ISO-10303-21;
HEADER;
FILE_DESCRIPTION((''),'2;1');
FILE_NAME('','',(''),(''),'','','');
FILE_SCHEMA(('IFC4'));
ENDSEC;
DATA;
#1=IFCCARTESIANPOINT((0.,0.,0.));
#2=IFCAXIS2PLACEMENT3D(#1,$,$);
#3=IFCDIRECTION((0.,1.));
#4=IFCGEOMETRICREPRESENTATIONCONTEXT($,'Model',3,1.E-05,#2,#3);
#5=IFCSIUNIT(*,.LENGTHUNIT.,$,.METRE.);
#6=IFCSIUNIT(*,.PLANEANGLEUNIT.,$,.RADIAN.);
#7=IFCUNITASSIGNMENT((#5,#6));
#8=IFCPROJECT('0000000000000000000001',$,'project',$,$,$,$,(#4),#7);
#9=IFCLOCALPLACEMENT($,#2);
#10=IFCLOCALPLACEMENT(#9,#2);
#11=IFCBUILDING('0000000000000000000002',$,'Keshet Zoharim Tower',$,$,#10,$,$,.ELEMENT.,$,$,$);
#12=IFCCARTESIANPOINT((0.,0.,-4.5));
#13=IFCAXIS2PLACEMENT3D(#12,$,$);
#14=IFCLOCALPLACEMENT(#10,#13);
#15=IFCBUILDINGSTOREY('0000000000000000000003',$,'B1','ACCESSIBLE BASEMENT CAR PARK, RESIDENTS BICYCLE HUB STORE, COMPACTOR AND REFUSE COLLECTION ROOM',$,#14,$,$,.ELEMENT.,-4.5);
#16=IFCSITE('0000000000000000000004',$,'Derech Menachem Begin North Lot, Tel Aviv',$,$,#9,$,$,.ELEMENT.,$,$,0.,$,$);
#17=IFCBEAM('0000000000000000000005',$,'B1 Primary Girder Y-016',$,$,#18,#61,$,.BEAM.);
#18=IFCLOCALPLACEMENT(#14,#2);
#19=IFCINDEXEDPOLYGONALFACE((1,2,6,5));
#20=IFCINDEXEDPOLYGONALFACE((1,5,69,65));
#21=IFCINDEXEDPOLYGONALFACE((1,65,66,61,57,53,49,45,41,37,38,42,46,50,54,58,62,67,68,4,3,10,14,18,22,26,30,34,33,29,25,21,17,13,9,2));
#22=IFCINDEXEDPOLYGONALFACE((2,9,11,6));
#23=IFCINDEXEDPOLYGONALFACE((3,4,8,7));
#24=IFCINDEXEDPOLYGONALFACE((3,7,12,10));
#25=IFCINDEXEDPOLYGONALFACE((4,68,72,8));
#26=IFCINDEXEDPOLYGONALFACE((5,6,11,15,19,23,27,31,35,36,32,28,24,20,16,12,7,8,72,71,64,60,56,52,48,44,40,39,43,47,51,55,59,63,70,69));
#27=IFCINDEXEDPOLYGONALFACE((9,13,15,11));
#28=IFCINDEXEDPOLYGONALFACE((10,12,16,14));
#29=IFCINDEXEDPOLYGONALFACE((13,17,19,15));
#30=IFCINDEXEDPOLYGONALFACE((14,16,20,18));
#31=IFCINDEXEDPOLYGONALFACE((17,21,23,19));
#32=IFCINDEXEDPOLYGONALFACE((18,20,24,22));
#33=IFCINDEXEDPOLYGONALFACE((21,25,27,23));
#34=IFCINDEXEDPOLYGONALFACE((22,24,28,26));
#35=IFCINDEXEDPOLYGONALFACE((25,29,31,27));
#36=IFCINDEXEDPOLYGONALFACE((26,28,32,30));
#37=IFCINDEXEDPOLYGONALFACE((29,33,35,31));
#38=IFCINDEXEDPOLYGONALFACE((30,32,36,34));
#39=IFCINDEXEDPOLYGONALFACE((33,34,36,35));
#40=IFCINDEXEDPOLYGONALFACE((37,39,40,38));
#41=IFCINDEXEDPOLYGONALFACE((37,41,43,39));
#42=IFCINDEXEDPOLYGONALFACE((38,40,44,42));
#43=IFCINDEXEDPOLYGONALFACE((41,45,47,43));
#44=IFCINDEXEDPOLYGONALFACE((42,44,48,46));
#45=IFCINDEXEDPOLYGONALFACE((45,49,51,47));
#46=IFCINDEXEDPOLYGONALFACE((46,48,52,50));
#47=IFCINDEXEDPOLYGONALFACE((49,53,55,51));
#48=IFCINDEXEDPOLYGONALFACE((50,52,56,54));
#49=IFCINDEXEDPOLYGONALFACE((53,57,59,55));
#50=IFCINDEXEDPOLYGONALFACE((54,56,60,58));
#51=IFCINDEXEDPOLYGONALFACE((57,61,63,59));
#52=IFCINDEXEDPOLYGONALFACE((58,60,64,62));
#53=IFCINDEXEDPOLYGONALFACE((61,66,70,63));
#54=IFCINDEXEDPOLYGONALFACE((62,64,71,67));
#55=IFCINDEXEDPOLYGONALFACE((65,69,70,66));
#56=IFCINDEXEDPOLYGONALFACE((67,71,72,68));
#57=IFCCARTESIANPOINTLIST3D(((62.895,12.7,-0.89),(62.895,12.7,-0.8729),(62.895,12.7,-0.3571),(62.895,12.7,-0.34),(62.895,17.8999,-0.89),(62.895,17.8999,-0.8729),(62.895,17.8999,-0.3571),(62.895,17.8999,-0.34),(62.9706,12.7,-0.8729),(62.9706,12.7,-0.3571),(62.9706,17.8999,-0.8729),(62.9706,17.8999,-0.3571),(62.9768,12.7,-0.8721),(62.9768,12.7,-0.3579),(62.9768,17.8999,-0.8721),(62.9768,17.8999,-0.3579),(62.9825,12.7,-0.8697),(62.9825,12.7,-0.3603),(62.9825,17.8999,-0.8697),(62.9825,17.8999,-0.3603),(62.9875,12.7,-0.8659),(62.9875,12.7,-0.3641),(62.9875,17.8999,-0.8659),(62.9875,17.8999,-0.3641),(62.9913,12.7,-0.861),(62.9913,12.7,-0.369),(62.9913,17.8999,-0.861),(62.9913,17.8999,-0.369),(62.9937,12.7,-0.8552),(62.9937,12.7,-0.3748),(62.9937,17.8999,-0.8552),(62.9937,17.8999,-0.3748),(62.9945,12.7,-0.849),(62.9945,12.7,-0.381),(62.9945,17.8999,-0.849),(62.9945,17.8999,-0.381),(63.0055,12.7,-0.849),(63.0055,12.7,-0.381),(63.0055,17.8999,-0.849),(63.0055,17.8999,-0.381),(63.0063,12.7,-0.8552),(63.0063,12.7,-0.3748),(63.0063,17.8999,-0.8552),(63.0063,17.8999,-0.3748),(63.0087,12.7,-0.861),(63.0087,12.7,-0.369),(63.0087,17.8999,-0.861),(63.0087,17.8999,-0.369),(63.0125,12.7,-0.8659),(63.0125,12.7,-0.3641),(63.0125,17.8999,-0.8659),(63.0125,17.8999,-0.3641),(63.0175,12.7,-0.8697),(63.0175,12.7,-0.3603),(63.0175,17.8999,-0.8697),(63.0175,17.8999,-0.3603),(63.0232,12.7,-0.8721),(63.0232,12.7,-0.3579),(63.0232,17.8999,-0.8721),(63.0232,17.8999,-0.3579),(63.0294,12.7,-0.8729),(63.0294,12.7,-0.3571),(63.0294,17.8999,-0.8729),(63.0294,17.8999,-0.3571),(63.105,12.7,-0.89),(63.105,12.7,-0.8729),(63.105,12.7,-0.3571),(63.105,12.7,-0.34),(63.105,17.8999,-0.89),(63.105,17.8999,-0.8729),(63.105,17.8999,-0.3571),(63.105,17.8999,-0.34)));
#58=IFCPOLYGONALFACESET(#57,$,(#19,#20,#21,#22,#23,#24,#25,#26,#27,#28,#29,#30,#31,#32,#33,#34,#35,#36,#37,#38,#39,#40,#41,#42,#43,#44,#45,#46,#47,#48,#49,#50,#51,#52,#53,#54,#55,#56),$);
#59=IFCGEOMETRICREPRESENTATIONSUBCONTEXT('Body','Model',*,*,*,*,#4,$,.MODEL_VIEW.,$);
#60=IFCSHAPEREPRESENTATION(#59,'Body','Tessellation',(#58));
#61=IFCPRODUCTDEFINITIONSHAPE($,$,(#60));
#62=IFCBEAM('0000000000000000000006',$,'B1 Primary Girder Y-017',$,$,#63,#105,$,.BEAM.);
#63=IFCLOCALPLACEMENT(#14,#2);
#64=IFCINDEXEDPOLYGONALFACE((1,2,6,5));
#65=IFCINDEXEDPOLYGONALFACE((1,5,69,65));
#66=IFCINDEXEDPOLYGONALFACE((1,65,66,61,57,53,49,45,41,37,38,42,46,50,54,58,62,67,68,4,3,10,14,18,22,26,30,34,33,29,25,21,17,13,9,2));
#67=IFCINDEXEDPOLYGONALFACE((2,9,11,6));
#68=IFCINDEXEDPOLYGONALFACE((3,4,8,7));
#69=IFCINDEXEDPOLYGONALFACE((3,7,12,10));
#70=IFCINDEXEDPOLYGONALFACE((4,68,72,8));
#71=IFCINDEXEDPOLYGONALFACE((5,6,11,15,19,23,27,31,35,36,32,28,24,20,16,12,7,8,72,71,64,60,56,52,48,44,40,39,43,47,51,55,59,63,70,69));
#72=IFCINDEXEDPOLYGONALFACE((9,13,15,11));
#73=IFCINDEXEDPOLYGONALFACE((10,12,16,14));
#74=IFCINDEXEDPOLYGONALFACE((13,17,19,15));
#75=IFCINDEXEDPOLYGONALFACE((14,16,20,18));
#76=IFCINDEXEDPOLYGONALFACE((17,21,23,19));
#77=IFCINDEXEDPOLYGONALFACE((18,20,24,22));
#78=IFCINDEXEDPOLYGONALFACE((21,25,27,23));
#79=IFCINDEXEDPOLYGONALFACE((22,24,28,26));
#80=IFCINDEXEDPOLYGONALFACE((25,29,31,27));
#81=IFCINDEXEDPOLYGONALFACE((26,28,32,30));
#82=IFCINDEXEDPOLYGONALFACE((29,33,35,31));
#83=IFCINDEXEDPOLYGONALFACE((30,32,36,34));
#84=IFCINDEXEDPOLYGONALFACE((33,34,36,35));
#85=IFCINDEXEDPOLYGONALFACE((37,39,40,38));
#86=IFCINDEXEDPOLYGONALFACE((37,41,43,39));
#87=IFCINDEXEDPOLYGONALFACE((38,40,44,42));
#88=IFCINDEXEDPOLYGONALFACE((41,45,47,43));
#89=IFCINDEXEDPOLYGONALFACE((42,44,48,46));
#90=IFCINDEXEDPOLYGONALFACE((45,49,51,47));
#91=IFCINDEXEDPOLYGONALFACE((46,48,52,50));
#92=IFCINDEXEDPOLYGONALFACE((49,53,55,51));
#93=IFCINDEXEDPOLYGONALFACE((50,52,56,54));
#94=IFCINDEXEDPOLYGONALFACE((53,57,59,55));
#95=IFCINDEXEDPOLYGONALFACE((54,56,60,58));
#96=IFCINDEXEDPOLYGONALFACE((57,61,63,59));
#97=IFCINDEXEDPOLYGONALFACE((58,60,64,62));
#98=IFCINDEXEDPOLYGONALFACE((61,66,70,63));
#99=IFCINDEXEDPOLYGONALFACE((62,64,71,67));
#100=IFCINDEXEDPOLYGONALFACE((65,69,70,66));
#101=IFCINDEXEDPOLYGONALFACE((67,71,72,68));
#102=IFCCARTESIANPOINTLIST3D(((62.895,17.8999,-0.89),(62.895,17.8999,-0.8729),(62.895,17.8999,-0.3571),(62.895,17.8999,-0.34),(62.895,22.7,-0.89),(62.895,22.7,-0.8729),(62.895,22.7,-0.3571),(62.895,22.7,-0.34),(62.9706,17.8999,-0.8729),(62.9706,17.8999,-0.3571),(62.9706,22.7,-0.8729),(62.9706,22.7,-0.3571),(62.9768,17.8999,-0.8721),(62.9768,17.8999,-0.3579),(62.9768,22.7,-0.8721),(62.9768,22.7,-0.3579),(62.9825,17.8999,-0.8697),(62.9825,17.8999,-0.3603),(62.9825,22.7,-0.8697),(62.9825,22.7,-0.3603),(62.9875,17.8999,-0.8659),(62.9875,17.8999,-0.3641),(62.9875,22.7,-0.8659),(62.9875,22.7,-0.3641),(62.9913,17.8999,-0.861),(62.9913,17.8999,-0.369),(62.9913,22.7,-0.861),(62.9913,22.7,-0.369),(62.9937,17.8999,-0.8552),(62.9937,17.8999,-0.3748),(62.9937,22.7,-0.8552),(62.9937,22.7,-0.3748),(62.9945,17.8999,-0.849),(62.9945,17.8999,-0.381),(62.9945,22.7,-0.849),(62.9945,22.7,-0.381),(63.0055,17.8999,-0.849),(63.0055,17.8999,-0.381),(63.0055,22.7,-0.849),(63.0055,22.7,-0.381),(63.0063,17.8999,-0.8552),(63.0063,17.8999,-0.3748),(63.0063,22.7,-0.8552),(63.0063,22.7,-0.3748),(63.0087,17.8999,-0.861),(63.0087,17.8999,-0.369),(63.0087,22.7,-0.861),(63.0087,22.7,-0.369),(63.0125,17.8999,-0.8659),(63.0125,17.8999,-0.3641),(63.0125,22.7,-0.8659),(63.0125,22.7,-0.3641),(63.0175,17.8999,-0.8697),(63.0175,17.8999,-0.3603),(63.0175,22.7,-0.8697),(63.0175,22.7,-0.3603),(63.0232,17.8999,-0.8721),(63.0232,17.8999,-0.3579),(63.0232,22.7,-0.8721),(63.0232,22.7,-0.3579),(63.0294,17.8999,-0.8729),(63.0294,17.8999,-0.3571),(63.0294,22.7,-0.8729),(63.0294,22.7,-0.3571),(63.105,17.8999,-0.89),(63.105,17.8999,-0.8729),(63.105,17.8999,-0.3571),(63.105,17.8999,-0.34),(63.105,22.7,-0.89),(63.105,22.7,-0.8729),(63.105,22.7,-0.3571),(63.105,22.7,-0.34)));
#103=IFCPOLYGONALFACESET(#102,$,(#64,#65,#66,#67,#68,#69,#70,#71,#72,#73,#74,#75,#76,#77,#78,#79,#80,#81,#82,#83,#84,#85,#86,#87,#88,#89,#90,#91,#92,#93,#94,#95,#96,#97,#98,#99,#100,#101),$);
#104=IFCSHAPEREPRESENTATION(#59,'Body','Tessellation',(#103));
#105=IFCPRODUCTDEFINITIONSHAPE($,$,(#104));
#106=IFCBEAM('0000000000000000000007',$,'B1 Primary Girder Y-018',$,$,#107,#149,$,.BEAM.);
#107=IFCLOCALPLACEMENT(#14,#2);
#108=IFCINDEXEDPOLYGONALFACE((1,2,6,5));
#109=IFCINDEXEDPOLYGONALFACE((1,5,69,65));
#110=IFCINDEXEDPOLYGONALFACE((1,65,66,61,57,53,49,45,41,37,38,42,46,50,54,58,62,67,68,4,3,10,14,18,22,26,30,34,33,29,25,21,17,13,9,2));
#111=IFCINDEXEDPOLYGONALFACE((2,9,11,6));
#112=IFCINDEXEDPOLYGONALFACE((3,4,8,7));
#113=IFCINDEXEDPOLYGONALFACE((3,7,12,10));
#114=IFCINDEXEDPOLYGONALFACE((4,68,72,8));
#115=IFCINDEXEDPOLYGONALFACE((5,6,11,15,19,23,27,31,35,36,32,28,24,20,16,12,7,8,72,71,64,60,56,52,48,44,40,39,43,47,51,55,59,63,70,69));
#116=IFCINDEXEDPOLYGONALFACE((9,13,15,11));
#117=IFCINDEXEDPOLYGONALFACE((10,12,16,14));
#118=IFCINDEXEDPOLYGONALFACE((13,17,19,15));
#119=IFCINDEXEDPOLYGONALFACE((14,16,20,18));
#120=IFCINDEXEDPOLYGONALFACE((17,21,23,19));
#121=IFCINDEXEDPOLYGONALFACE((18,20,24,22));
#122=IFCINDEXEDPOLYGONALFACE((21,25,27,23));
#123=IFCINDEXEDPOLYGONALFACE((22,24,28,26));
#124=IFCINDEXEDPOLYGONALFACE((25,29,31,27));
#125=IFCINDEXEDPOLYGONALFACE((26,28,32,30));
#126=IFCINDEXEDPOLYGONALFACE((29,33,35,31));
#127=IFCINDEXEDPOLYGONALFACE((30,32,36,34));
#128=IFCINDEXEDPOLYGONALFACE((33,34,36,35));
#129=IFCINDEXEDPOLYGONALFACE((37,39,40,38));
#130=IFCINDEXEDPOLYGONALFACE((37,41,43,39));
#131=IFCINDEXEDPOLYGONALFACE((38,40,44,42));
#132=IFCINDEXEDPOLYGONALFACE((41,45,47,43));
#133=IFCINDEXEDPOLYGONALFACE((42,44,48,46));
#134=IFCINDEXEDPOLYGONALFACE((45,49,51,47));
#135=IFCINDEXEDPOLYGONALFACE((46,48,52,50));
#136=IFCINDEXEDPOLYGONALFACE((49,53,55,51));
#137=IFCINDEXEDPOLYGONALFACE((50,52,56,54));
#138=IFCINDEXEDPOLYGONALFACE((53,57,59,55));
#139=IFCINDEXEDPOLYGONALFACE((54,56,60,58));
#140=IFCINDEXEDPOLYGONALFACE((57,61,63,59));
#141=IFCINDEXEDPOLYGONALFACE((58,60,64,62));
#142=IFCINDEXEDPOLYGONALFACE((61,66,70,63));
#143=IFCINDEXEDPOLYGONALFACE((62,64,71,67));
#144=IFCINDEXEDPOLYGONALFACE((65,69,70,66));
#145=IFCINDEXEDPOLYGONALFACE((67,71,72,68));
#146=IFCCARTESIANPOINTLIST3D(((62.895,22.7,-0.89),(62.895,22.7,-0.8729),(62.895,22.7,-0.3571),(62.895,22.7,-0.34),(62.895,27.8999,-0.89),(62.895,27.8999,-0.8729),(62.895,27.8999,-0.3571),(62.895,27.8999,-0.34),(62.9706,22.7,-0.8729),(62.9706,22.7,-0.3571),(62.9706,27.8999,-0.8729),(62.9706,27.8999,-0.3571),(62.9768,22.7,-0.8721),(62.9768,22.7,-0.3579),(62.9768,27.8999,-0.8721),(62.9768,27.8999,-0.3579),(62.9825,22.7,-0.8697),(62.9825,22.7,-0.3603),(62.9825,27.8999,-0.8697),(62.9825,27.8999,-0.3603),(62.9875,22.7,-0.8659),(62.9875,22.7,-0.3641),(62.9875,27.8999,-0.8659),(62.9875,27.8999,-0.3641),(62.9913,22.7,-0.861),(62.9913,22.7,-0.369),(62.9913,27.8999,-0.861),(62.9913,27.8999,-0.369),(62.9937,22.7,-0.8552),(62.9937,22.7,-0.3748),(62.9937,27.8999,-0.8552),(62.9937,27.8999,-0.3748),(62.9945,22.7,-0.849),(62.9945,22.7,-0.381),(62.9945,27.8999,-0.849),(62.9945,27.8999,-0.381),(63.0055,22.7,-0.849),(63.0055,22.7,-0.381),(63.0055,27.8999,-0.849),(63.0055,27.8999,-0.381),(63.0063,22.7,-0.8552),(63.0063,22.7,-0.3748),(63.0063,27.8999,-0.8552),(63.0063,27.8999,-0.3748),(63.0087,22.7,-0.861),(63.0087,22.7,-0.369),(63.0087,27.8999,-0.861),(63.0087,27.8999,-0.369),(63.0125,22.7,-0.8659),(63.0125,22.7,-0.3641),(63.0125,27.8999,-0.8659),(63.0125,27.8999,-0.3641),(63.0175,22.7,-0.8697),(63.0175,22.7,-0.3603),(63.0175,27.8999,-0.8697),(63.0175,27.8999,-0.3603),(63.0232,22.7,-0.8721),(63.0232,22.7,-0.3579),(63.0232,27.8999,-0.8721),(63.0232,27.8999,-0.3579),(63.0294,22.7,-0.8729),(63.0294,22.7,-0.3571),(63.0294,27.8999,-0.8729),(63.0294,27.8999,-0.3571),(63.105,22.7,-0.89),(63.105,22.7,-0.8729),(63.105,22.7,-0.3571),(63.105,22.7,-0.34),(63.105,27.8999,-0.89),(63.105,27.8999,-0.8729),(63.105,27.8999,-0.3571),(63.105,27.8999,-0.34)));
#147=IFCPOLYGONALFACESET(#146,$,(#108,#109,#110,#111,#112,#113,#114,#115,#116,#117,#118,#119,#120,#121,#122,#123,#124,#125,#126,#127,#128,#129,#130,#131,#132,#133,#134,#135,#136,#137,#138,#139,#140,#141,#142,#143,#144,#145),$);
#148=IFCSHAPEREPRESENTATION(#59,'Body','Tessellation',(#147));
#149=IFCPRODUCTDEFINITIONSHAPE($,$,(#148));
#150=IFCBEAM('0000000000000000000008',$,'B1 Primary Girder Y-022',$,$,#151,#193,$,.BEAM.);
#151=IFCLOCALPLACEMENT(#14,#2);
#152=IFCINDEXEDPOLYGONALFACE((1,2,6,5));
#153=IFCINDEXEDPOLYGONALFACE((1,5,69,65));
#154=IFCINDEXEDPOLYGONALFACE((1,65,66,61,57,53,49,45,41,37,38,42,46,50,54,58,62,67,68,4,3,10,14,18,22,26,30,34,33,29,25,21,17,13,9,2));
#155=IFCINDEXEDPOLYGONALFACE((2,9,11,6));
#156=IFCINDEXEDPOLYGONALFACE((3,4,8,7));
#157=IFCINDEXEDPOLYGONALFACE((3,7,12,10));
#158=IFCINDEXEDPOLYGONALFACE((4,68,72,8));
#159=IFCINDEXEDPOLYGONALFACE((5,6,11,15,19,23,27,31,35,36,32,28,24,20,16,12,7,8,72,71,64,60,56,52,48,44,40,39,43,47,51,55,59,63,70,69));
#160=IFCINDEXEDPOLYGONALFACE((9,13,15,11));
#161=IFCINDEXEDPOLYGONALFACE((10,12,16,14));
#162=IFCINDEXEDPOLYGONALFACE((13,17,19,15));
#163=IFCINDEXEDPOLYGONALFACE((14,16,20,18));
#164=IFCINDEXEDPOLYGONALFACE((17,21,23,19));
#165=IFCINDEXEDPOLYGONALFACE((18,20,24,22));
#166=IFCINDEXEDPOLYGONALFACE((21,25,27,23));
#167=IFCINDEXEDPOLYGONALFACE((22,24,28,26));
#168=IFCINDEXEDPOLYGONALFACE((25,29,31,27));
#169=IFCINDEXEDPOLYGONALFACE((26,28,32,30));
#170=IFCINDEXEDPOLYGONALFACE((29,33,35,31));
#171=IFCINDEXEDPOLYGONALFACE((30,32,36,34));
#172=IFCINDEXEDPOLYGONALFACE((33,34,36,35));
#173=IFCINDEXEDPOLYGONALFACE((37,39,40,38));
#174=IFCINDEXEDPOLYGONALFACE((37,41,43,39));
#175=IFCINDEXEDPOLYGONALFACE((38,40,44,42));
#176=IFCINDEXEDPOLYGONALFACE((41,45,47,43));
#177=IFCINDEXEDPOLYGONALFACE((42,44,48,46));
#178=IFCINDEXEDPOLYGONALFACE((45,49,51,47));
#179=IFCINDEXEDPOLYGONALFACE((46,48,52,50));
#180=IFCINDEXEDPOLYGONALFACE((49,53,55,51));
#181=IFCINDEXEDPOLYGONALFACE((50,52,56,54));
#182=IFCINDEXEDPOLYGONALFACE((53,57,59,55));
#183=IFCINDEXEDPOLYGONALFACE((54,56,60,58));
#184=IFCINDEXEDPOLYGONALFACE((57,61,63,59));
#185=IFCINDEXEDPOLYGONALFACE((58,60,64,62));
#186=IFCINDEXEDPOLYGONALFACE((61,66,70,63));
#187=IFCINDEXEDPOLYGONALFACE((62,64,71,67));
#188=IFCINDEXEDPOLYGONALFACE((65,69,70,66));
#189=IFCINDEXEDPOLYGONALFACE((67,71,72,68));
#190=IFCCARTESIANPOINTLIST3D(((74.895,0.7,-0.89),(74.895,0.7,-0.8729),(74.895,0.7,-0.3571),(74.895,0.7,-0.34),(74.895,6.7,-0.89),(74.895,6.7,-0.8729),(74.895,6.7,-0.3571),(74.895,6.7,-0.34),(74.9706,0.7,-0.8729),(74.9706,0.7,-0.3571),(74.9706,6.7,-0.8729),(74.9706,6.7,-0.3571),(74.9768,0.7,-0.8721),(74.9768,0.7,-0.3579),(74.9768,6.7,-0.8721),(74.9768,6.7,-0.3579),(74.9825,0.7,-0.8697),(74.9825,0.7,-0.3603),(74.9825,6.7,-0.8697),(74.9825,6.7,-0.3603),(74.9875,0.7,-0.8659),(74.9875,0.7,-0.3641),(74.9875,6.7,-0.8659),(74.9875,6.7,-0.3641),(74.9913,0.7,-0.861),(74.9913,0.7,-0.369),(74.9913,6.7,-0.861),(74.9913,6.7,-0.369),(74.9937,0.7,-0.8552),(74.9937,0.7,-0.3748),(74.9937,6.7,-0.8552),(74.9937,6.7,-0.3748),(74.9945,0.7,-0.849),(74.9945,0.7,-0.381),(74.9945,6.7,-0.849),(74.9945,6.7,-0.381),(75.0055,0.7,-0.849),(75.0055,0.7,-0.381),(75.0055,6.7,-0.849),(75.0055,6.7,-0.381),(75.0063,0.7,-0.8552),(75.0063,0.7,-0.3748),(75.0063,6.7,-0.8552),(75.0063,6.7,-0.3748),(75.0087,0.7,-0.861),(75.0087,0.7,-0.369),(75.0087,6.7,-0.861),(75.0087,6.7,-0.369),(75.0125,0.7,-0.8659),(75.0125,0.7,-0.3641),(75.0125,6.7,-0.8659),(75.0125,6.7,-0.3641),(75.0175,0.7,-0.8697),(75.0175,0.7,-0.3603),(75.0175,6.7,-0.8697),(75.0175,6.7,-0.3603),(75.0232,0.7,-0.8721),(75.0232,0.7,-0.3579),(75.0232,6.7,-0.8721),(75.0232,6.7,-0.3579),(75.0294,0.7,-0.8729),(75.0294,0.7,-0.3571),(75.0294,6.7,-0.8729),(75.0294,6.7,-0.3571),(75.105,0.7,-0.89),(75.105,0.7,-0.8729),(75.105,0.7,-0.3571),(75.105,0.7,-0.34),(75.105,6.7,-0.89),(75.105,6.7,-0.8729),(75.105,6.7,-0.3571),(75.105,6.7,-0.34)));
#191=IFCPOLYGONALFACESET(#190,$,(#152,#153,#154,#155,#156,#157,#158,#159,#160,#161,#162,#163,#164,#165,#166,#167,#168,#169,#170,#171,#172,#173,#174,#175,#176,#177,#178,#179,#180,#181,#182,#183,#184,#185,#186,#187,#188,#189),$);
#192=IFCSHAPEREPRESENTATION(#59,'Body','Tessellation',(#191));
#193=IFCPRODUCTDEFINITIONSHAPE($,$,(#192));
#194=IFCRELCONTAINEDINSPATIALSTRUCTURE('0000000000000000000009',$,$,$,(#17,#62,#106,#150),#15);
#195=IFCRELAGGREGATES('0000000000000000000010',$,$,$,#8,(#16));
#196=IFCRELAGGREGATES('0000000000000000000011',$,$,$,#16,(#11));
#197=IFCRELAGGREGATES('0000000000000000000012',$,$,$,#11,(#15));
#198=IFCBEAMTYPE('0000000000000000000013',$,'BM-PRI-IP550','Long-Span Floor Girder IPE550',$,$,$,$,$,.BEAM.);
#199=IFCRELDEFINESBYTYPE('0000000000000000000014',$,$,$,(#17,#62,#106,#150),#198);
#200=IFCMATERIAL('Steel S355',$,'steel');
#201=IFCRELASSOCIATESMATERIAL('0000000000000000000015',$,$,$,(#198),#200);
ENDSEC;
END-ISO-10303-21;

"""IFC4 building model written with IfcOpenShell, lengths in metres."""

from ifc_helpers import new_model, si_unit, direction, frame, origin, origin_2d, place, context, subcontext, project, spatial, i_section, extrude, material, material_profile, profile_set, type_object, element, save


model = new_model("IFC4")

# Units and contexts
model_context = context("Model", 3, precision=1e-05, world=origin(), true_north=direction((0.0, 1.0)))
body_context = subcontext(model_context, "Body", "Model", "MODEL_VIEW")
ifc_project = project(units=[si_unit("LENGTHUNIT", "METRE"), si_unit("PLANEANGLEUNIT", "RADIAN")], contexts=[model_context])

# Site, building, storey
site_placement = place(None, origin())
site = spatial("IfcSite", under=ifc_project, at=site_placement, Name="Derech Menachem Begin North Lot, Tel Aviv", CompositionType="ELEMENT", RefElevation=0.0)
building_placement = place(site_placement, origin())
building = spatial("IfcBuilding", under=site, at=building_placement, Name="Keshet Zoharim Tower", CompositionType="ELEMENT")
storey_placement = place(building_placement, frame((0.0, 0.0, -4.5)))
storey = spatial("IfcBuildingStorey", under=building, at=storey_placement, Name="B1", Description="ACCESSIBLE BASEMENT CAR PARK, RESIDENTS BICYCLE HUB STORE, COMPACTOR AND REFUSE COLLECTION ROOM", CompositionType="ELEMENT", Elevation=-4.5)

# Shared definitions
ifc_material_1 = material(Name="Steel S355", Category="steel")

# Beams
ifc_material_profile_1 = material_profile(ifc_material_1, i_section(OverallWidth=0.21, OverallDepth=0.55, WebThickness=0.011, FlangeThickness=0.0171, FilletRadius=0.0239, at=origin_2d()), Name="IPE550")
ifc_profile_set_1 = profile_set([ifc_material_profile_1], Name="Steel S355")
beam_type_1 = type_object("IfcBeamType", Name="BM-PRI-IP550", Description="Long-Span Floor Girder IPE550", PredefinedType="BEAM", material=ifc_profile_set_1)
beam_1_placement = place(storey_placement, frame((63.0, 12.7, -0.615), z_axis=(0.0, 1.0, 0.0), x_axis=(-1.0, 0.0, 0.0)))
element("IfcBeam", 1, at=beam_1_placement, inside=storey, type_object=beam_type_1, Name="B1 Primary Girder Y-016", PredefinedType="BEAM", context=body_context, shape_type="SweptSolid", body=[
    extrude(i_section(OverallWidth=0.21, OverallDepth=0.55, WebThickness=0.011, FlangeThickness=0.0171, FilletRadius=0.0239, at=origin_2d()), origin(), (0.0, 0.0, 1.0), 5.2),
])
beam_2_placement = place(storey_placement, frame((63.0, 17.8999, -0.615), z_axis=(0.0, 1.0, 0.0), x_axis=(-1.0, 0.0, 0.0)))
element("IfcBeam", 2, at=beam_2_placement, inside=storey, type_object=beam_type_1, Name="B1 Primary Girder Y-017", PredefinedType="BEAM", context=body_context, shape_type="SweptSolid", body=[
    extrude(i_section(OverallWidth=0.21, OverallDepth=0.55, WebThickness=0.011, FlangeThickness=0.0171, FilletRadius=0.0239, at=origin_2d()), origin(), (0.0, 0.0, 1.0), 4.8),
])
beam_3_placement = place(storey_placement, frame((63.0, 22.7, -0.615), z_axis=(0.0, 1.0, 0.0), x_axis=(-1.0, 0.0, 0.0)))
element("IfcBeam", 3, at=beam_3_placement, inside=storey, type_object=beam_type_1, Name="B1 Primary Girder Y-018", PredefinedType="BEAM", context=body_context, shape_type="SweptSolid", body=[
    extrude(i_section(OverallWidth=0.21, OverallDepth=0.55, WebThickness=0.011, FlangeThickness=0.0171, FilletRadius=0.0239, at=origin_2d()), origin(), (0.0, 0.0, 1.0), 5.2),
])
for number, where, z_axis, x_axis, name in (
    (4, (75.0, 0.7, -0.615), (0.0, 1.0, 0.0), (-1.0, 0.0, 0.0), "B1 Primary Girder Y-022"),
):
    element("IfcBeam", number, at=place(storey_placement, frame(where, z_axis=z_axis, x_axis=x_axis)), inside=storey, type_object=beam_type_1, Name=name, PredefinedType="BEAM", context=body_context, shape_type="SweptSolid", body=[
        extrude(i_section(OverallWidth=0.21, OverallDepth=0.55, WebThickness=0.011, FlangeThickness=0.0171, FilletRadius=0.0239, at=origin_2d()), origin(), (0.0, 0.0, 1.0), 6.0),
    ])

save(model, "model.ifc")
